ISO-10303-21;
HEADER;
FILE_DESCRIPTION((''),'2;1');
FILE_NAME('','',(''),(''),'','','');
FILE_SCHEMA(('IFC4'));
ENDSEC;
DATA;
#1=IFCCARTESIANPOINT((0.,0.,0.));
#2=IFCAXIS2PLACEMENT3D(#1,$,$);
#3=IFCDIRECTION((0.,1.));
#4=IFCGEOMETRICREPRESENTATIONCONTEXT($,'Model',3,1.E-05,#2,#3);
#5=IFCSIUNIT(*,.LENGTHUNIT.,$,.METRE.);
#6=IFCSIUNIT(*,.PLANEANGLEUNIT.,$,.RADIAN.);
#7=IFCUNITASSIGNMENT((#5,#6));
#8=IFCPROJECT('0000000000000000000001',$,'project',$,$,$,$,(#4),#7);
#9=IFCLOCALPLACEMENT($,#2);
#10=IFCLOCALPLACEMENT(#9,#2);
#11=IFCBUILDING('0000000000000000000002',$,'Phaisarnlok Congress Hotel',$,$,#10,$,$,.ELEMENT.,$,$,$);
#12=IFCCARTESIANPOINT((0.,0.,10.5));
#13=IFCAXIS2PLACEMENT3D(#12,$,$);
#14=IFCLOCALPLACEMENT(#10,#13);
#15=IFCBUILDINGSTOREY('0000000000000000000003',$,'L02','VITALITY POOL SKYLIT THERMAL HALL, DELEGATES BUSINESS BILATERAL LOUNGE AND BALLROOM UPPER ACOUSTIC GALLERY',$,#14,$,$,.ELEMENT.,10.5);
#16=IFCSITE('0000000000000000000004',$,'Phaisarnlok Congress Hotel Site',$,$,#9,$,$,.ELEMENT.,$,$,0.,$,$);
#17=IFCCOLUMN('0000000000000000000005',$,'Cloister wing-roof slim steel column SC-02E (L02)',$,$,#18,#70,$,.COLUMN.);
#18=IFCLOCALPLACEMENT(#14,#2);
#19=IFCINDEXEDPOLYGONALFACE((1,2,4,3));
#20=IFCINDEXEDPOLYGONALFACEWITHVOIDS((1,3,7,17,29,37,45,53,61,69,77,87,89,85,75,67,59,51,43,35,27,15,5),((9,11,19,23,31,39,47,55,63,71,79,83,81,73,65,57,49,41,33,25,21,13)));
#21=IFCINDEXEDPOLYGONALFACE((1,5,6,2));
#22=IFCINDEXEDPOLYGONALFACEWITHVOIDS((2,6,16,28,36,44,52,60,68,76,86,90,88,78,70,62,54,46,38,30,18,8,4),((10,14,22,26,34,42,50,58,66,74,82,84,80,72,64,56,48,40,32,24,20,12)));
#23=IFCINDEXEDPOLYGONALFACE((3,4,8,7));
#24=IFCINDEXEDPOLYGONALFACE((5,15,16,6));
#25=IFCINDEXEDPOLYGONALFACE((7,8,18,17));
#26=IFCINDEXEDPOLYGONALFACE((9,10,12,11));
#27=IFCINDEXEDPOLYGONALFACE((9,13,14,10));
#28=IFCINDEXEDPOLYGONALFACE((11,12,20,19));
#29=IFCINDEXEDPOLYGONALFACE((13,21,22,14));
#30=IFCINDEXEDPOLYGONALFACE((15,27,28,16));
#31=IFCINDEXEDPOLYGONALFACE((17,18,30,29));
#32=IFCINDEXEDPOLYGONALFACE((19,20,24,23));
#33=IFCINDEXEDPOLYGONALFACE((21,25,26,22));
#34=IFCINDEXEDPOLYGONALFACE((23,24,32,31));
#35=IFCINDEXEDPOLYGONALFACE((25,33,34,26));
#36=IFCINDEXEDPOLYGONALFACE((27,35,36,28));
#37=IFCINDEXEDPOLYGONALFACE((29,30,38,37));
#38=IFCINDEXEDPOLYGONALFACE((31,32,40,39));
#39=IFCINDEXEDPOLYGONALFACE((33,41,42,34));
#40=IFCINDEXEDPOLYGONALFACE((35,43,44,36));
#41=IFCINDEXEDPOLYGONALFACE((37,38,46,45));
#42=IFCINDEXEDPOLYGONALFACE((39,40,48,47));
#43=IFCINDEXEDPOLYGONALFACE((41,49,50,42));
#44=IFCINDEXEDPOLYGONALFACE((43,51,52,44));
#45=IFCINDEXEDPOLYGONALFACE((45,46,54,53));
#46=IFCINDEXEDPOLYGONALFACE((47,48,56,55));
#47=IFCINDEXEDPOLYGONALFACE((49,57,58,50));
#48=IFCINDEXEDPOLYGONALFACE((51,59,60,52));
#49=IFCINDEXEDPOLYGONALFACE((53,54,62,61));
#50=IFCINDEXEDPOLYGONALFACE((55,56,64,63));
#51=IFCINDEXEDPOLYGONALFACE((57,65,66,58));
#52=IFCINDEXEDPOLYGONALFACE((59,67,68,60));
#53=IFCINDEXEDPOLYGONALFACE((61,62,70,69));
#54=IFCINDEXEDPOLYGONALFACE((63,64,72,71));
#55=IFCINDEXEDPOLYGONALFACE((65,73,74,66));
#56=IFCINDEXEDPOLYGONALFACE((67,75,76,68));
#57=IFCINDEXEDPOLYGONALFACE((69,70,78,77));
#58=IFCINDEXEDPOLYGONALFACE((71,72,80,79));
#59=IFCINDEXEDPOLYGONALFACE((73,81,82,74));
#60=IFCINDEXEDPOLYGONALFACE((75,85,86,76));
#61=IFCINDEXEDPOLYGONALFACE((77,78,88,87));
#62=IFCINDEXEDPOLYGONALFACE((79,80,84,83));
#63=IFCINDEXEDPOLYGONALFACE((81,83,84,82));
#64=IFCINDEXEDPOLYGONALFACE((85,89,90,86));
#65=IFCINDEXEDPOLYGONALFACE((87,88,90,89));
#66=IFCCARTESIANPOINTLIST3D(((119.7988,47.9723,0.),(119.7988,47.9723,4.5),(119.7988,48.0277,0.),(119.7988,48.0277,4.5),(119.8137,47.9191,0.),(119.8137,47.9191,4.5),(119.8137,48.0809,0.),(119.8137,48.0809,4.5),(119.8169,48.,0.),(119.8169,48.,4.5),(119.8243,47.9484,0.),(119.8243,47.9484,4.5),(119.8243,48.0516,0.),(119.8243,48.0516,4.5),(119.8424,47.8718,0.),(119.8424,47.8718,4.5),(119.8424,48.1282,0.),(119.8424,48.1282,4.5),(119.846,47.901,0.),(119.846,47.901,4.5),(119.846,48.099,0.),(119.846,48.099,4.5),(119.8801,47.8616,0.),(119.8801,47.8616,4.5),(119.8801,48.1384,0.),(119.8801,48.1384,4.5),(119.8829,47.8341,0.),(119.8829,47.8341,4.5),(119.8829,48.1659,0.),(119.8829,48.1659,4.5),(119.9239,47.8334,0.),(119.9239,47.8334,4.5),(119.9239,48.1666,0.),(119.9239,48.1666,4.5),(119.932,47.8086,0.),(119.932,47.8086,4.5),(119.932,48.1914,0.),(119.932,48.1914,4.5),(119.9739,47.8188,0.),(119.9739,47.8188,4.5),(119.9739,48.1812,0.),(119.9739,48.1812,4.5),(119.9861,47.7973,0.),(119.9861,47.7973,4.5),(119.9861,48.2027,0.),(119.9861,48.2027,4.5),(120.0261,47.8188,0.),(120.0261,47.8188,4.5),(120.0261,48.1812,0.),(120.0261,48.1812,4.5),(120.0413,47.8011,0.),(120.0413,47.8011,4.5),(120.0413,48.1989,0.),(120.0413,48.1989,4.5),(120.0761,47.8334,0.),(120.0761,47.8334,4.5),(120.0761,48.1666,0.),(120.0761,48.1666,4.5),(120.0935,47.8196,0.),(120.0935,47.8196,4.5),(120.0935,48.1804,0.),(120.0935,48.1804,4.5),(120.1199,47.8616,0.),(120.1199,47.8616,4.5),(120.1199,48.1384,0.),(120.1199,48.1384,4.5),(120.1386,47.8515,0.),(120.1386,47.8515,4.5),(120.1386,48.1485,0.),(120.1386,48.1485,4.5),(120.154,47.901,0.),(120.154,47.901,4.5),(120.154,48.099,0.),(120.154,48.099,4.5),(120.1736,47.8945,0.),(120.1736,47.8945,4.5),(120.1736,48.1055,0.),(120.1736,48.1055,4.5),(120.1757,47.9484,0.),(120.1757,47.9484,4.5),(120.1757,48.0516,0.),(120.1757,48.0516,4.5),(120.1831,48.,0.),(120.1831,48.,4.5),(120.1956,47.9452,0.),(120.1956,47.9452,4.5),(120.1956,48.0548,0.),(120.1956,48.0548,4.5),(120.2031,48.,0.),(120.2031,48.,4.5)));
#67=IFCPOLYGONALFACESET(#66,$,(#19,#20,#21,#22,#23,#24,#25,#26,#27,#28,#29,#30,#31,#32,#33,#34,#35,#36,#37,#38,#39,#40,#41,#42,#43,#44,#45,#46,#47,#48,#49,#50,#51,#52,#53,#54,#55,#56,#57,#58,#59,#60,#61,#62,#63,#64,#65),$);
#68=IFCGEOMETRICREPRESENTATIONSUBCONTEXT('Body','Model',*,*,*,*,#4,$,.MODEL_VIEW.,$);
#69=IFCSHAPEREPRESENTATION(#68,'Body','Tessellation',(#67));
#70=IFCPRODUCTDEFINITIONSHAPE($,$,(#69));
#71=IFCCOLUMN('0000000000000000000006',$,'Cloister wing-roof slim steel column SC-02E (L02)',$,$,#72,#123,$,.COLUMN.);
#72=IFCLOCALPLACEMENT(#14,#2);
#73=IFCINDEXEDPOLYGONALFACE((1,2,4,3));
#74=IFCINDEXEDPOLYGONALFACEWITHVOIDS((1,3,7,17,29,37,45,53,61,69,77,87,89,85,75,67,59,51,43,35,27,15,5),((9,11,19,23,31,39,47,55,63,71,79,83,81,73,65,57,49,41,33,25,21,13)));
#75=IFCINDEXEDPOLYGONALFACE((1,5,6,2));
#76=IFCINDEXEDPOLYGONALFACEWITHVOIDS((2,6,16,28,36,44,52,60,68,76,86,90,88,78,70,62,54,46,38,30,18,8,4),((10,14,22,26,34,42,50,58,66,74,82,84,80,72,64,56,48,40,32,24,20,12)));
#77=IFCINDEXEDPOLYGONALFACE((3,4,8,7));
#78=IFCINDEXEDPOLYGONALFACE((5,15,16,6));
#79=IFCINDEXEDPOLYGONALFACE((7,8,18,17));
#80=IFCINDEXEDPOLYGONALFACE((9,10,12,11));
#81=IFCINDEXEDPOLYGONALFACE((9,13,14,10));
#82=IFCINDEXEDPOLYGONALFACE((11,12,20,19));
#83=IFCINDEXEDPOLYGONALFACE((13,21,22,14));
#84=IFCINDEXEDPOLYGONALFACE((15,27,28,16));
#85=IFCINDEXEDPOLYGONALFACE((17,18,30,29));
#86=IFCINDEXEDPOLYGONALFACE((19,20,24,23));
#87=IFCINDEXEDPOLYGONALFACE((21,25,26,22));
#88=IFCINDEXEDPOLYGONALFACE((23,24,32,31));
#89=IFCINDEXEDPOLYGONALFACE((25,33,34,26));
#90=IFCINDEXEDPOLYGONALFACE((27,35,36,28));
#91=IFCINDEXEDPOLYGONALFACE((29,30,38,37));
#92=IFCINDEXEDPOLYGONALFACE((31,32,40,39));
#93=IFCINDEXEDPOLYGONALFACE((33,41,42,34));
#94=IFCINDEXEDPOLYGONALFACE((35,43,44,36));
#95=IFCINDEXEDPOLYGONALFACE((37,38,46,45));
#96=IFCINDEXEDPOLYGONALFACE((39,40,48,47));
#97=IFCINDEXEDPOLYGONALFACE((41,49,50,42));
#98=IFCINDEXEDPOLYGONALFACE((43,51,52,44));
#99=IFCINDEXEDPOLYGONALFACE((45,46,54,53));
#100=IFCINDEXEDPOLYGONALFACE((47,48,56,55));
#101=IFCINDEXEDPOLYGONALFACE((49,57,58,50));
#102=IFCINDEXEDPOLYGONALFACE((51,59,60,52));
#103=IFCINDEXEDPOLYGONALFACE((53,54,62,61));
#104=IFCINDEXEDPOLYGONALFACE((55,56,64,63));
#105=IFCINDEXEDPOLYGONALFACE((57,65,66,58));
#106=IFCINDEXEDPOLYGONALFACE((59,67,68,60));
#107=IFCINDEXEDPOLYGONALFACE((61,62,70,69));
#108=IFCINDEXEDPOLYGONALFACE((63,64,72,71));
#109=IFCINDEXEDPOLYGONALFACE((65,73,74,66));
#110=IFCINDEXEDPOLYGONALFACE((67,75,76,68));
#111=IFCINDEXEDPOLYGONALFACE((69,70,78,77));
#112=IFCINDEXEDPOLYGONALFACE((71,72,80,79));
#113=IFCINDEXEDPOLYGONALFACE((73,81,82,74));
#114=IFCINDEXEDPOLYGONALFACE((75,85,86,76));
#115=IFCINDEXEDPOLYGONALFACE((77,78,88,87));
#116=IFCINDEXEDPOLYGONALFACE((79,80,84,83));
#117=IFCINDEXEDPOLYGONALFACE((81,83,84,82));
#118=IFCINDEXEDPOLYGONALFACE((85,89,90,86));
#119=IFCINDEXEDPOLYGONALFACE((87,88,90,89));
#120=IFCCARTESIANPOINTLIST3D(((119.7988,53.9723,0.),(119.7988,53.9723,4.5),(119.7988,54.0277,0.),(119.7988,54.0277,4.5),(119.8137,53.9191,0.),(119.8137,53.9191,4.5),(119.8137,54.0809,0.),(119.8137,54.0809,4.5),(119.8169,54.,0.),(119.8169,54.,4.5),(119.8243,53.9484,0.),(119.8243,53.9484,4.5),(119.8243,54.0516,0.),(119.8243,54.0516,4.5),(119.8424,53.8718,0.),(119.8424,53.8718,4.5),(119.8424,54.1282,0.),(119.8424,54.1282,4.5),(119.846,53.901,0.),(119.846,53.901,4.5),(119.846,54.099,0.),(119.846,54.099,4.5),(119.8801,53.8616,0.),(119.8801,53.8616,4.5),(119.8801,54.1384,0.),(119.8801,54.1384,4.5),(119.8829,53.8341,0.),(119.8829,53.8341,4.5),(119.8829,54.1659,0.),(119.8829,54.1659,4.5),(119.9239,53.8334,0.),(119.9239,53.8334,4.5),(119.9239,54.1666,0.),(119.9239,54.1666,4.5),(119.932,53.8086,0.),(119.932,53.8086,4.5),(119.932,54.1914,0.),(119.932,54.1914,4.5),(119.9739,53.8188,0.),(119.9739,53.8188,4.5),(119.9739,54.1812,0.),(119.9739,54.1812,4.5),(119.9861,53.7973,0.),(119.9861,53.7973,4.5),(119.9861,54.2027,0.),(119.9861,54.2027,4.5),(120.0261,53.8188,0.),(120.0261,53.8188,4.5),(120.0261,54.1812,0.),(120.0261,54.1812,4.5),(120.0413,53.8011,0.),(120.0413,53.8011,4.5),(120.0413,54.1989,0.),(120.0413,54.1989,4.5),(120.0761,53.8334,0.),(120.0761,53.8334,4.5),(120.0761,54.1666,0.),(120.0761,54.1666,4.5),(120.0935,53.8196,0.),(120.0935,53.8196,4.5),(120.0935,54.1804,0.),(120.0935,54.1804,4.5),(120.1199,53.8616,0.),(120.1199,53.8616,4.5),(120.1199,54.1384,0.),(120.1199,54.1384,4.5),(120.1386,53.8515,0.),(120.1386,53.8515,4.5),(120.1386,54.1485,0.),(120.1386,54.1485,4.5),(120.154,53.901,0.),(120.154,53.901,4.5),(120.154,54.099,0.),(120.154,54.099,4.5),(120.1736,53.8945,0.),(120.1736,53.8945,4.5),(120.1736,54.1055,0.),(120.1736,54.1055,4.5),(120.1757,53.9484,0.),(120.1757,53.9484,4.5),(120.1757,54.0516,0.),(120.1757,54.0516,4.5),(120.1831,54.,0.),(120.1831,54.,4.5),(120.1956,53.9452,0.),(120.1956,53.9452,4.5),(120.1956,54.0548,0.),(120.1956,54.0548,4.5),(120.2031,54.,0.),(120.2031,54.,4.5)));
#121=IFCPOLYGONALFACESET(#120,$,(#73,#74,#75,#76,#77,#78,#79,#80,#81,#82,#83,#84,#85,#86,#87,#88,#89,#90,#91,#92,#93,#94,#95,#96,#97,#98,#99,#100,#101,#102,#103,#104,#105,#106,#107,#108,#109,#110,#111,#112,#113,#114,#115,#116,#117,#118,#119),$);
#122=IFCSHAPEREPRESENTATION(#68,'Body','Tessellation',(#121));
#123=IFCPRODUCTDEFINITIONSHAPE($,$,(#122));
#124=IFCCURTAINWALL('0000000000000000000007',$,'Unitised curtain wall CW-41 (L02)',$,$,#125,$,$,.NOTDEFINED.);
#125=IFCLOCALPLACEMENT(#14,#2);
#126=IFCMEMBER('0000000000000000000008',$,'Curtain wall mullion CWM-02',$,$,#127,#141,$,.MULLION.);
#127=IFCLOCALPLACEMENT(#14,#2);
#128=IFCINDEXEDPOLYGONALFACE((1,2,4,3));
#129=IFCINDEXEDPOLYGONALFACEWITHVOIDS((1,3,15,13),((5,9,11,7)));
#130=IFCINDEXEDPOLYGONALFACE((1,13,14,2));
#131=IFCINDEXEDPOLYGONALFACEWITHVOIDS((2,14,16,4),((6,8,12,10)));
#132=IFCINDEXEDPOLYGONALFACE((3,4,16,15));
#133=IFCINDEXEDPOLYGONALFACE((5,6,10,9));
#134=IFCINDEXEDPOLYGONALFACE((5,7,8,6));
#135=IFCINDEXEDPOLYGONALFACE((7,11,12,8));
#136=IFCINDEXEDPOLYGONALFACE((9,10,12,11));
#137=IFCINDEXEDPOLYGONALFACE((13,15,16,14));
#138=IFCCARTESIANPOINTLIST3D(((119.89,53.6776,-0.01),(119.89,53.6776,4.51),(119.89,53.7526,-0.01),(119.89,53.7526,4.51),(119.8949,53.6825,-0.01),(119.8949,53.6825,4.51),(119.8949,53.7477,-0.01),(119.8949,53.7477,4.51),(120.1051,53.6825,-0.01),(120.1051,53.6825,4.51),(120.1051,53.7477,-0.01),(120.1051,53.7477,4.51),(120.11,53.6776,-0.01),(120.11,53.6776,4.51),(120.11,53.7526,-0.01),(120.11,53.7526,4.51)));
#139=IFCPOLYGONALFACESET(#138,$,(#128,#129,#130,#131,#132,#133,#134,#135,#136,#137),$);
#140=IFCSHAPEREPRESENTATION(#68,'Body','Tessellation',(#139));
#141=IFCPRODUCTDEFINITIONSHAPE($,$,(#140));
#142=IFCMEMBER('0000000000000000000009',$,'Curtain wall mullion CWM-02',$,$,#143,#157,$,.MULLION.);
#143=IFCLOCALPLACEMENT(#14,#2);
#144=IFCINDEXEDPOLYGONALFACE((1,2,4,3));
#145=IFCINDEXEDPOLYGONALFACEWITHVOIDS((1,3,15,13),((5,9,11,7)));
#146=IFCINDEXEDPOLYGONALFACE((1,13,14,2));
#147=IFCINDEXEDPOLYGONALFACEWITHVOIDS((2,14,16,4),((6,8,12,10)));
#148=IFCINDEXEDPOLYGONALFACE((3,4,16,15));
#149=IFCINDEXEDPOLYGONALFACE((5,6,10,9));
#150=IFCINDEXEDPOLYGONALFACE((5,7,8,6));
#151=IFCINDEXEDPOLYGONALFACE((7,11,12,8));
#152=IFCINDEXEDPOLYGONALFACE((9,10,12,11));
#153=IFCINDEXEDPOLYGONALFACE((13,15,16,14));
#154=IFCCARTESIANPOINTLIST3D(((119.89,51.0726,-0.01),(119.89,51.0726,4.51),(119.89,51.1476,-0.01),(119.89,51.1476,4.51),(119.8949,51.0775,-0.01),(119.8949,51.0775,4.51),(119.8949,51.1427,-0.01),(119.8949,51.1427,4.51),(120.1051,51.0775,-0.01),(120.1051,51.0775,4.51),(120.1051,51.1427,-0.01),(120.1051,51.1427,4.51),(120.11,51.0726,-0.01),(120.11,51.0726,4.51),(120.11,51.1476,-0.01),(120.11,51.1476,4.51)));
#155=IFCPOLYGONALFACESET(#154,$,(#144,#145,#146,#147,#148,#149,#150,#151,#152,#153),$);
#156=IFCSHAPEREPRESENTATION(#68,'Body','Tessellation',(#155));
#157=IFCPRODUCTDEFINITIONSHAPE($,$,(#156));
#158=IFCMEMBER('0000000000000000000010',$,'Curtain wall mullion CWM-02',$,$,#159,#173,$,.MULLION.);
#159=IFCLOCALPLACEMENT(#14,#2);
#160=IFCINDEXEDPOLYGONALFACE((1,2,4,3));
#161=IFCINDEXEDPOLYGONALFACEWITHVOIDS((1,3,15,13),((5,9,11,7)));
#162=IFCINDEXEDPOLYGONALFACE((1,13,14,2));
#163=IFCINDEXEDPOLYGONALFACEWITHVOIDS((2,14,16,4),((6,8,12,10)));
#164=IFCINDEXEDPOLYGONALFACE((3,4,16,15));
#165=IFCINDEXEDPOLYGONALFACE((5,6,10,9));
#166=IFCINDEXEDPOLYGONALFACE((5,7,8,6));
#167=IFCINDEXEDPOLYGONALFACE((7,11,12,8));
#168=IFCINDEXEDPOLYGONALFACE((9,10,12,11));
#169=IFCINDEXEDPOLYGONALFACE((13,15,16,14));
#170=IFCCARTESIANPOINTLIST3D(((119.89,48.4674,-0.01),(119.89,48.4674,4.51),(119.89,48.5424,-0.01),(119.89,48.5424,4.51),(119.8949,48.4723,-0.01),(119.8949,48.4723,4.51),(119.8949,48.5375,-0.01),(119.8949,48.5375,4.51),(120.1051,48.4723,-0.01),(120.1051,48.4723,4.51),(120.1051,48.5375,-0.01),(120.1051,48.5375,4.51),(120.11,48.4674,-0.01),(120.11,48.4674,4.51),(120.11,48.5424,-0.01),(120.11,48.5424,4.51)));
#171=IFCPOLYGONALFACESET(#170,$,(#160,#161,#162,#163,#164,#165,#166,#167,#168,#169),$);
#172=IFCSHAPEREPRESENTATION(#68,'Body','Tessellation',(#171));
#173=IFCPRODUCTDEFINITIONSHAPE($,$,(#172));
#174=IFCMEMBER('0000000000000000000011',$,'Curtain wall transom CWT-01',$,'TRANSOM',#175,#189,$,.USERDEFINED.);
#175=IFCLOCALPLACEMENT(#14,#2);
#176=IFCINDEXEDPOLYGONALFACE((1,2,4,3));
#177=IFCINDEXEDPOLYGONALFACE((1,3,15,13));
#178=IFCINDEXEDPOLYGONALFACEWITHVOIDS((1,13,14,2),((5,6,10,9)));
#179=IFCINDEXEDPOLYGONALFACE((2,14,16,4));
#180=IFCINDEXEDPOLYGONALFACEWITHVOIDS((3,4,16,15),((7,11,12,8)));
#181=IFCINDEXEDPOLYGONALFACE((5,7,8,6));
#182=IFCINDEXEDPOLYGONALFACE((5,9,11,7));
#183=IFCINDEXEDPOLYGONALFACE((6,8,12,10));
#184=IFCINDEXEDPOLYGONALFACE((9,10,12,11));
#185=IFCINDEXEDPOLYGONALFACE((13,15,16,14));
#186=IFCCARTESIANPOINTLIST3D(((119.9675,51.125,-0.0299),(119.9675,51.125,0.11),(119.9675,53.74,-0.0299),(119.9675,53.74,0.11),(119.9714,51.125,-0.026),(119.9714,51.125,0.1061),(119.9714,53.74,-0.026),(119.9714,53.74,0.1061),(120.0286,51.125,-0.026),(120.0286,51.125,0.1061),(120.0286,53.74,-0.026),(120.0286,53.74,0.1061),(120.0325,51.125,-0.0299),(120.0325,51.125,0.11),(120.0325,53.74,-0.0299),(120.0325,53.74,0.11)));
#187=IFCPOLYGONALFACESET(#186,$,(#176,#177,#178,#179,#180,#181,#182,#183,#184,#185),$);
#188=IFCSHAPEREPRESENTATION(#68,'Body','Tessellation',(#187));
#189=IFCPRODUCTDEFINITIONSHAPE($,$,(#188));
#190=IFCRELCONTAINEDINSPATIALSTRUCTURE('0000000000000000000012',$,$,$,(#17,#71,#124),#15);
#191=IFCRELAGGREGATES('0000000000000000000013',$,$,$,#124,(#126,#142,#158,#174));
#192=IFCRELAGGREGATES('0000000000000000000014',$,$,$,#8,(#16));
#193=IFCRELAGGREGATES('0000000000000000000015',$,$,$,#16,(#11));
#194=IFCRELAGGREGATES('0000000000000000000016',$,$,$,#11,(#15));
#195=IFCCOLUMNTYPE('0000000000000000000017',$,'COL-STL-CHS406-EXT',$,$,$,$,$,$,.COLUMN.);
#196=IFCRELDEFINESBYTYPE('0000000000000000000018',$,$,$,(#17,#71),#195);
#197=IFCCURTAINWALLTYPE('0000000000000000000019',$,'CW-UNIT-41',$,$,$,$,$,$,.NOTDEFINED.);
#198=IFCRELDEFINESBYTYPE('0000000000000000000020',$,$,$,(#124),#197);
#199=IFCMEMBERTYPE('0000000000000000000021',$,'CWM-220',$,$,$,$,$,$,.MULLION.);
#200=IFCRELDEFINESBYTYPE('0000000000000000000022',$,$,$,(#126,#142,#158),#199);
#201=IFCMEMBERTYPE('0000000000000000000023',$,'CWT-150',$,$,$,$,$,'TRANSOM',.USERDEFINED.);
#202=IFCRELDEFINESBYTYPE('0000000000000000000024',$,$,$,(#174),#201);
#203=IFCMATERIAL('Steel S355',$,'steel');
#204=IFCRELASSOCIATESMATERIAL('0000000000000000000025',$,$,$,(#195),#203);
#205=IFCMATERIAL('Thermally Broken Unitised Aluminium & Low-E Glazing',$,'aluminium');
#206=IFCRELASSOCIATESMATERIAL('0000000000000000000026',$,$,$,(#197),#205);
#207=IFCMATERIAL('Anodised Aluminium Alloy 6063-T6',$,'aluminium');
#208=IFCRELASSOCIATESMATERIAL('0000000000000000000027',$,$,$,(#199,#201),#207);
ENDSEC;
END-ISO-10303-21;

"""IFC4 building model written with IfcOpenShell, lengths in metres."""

from ifc_helpers import new_model, si_unit, direction, frame, origin, origin_2d, place, context, subcontext, project, spatial, hollow_rectangle, hollow_circle, extrude, material, material_profile, profile_set, type_object, element, aggregate, save


model = new_model("IFC4")

# Units and contexts
model_context = context("Model", 3, precision=1e-05, world=origin(), true_north=direction((0.0, 1.0)))
body_context = subcontext(model_context, "Body", "Model", "MODEL_VIEW")
ifc_project = project(units=[si_unit("LENGTHUNIT", "METRE"), si_unit("PLANEANGLEUNIT", "RADIAN")], contexts=[model_context])

# Site, building, storey
site_placement = place(None, origin())
site = spatial("IfcSite", under=ifc_project, at=site_placement, Name="Phaisarnlok Congress Hotel Site", CompositionType="ELEMENT", RefElevation=0.0)
building_placement = place(site_placement, origin())
building = spatial("IfcBuilding", under=site, at=building_placement, Name="Phaisarnlok Congress Hotel", CompositionType="ELEMENT")
storey_placement = place(building_placement, frame((0.0, 0.0, 10.5)))
storey = spatial("IfcBuildingStorey", under=building, at=storey_placement, Name="L02", Description="VITALITY POOL SKYLIT THERMAL HALL, DELEGATES BUSINESS BILATERAL LOUNGE AND BALLROOM UPPER ACOUSTIC GALLERY", CompositionType="ELEMENT", Elevation=10.5)

# Columns
ifc_material_1 = material(Name="Steel S355", Category="steel")
ifc_material_profile_1 = material_profile(ifc_material_1, hollow_circle(Radius=0.2031, WallThickness=0.02, at=origin_2d()), Name="CHS 406.4x20")
ifc_profile_set_1 = profile_set([ifc_material_profile_1], Name="Steel S355")
column_type = type_object("IfcColumnType", Name="COL-STL-CHS406-EXT", PredefinedType="COLUMN", material=ifc_profile_set_1)
for number, where, z_axis, x_axis, name in (
    (1, (120.0, 48.0, 0.0), (0.0, 0.0, 1.0), (1.0, 0.0, 0.0), "Cloister wing-roof slim steel column SC-02E (L02)"),
    (2, (120.0, 54.0, 0.0), (0.0, 0.0, 1.0), (1.0, 0.0, 0.0), "Cloister wing-roof slim steel column SC-02E (L02)"),
):
    element("IfcColumn", number, at=place(storey_placement, frame(where, z_axis=z_axis, x_axis=x_axis)), inside=storey, type_object=column_type, Name=name, PredefinedType="COLUMN", context=body_context, shape_type="SweptSolid", body=[
        extrude(hollow_circle(Radius=0.2031, WallThickness=0.02, at=origin_2d()), origin(), (0.0, 0.0, 1.0), 4.5),
    ])

# Curtain wall, members
ifc_material_2 = material(Name="Thermally Broken Unitised Aluminium & Low-E Glazing", Category="aluminium")
curtain_wall_type = type_object("IfcCurtainWallType", Name="CW-UNIT-41", PredefinedType="NOTDEFINED", material=ifc_material_2)
curtain_wall_placement = place(storey_placement, origin())
curtain_wall = element("IfcCurtainWall", 3, at=curtain_wall_placement, inside=storey, type_object=curtain_wall_type, Name="Unitised curtain wall CW-41 (L02)", PredefinedType="NOTDEFINED")
ifc_material_3 = material(Name="Anodised Aluminium Alloy 6063-T6", Category="aluminium")
ifc_material_profile_2 = material_profile(ifc_material_3, hollow_rectangle(XDim=0.075, YDim=0.22, WallThickness=0.0049, at=origin_2d()), Name="ALU-M 75x220x5")
ifc_profile_set_2 = profile_set([ifc_material_profile_2], Name="Anodised Aluminium Alloy 6063-T6")
member_type_1 = type_object("IfcMemberType", Name="CWM-220", PredefinedType="MULLION", material=ifc_profile_set_2)
member_1_placement = place(storey_placement, frame((120.0, 53.7151, -0.01), z_axis=(0.0, 0.0, 1.0), x_axis=(0.0, -1.0, 0.0)))
member_1 = element("IfcMember", 4, at=member_1_placement, type_object=member_type_1, Name="Curtain wall mullion CWM-02", PredefinedType="MULLION", context=body_context, shape_type="SweptSolid", body=[
    extrude(hollow_rectangle(XDim=0.075, YDim=0.22, WallThickness=0.0049, at=origin_2d()), origin(), (0.0, 0.0, 1.0), 4.52),
])
member_2_placement = place(storey_placement, frame((120.0, 51.1101, -0.01), z_axis=(0.0, 0.0, 1.0), x_axis=(0.0, -1.0, 0.0)))
member_2 = element("IfcMember", 5, at=member_2_placement, type_object=member_type_1, Name="Curtain wall mullion CWM-02", PredefinedType="MULLION", context=body_context, shape_type="SweptSolid", body=[
    extrude(hollow_rectangle(XDim=0.075, YDim=0.22, WallThickness=0.0049, at=origin_2d()), origin(), (0.0, 0.0, 1.0), 4.52),
])
member_3_placement = place(storey_placement, frame((120.0, 48.5049, -0.01), z_axis=(0.0, 0.0, 1.0), x_axis=(0.0, -1.0, 0.0)))
member_3 = element("IfcMember", 6, at=member_3_placement, type_object=member_type_1, Name="Curtain wall mullion CWM-02", PredefinedType="MULLION", context=body_context, shape_type="SweptSolid", body=[
    extrude(hollow_rectangle(XDim=0.075, YDim=0.22, WallThickness=0.0049, at=origin_2d()), origin(), (0.0, 0.0, 1.0), 4.52),
])
ifc_material_profile_3 = material_profile(ifc_material_3, hollow_rectangle(XDim=0.0649, YDim=0.1399, WallThickness=0.0039, at=origin_2d()), Name="ALU-T 65x140x4")
ifc_profile_set_3 = profile_set([ifc_material_profile_3], Name="Anodised Aluminium Alloy 6063-T6")
member_type_2 = type_object("IfcMemberType", Name="CWT-150", ElementType="TRANSOM", PredefinedType="USERDEFINED", material=ifc_profile_set_3)
member_4_placement = place(storey_placement, frame((120.0, 53.74, 0.04), z_axis=(0.0, -1.0, 0.0), x_axis=(1.0, 0.0, 0.0)))
member_4 = element("IfcMember", 7, at=member_4_placement, type_object=member_type_2, Name="Curtain wall transom CWT-01", ObjectType="TRANSOM", PredefinedType="USERDEFINED", context=body_context, shape_type="SweptSolid", body=[
    extrude(hollow_rectangle(XDim=0.0649, YDim=0.1399, WallThickness=0.0039, at=origin_2d()), origin(), (0.0, 0.0, 1.0), 2.615),
])
aggregate(curtain_wall, [member_1, member_2, member_3, member_4])

save(model, "model.ifc")
